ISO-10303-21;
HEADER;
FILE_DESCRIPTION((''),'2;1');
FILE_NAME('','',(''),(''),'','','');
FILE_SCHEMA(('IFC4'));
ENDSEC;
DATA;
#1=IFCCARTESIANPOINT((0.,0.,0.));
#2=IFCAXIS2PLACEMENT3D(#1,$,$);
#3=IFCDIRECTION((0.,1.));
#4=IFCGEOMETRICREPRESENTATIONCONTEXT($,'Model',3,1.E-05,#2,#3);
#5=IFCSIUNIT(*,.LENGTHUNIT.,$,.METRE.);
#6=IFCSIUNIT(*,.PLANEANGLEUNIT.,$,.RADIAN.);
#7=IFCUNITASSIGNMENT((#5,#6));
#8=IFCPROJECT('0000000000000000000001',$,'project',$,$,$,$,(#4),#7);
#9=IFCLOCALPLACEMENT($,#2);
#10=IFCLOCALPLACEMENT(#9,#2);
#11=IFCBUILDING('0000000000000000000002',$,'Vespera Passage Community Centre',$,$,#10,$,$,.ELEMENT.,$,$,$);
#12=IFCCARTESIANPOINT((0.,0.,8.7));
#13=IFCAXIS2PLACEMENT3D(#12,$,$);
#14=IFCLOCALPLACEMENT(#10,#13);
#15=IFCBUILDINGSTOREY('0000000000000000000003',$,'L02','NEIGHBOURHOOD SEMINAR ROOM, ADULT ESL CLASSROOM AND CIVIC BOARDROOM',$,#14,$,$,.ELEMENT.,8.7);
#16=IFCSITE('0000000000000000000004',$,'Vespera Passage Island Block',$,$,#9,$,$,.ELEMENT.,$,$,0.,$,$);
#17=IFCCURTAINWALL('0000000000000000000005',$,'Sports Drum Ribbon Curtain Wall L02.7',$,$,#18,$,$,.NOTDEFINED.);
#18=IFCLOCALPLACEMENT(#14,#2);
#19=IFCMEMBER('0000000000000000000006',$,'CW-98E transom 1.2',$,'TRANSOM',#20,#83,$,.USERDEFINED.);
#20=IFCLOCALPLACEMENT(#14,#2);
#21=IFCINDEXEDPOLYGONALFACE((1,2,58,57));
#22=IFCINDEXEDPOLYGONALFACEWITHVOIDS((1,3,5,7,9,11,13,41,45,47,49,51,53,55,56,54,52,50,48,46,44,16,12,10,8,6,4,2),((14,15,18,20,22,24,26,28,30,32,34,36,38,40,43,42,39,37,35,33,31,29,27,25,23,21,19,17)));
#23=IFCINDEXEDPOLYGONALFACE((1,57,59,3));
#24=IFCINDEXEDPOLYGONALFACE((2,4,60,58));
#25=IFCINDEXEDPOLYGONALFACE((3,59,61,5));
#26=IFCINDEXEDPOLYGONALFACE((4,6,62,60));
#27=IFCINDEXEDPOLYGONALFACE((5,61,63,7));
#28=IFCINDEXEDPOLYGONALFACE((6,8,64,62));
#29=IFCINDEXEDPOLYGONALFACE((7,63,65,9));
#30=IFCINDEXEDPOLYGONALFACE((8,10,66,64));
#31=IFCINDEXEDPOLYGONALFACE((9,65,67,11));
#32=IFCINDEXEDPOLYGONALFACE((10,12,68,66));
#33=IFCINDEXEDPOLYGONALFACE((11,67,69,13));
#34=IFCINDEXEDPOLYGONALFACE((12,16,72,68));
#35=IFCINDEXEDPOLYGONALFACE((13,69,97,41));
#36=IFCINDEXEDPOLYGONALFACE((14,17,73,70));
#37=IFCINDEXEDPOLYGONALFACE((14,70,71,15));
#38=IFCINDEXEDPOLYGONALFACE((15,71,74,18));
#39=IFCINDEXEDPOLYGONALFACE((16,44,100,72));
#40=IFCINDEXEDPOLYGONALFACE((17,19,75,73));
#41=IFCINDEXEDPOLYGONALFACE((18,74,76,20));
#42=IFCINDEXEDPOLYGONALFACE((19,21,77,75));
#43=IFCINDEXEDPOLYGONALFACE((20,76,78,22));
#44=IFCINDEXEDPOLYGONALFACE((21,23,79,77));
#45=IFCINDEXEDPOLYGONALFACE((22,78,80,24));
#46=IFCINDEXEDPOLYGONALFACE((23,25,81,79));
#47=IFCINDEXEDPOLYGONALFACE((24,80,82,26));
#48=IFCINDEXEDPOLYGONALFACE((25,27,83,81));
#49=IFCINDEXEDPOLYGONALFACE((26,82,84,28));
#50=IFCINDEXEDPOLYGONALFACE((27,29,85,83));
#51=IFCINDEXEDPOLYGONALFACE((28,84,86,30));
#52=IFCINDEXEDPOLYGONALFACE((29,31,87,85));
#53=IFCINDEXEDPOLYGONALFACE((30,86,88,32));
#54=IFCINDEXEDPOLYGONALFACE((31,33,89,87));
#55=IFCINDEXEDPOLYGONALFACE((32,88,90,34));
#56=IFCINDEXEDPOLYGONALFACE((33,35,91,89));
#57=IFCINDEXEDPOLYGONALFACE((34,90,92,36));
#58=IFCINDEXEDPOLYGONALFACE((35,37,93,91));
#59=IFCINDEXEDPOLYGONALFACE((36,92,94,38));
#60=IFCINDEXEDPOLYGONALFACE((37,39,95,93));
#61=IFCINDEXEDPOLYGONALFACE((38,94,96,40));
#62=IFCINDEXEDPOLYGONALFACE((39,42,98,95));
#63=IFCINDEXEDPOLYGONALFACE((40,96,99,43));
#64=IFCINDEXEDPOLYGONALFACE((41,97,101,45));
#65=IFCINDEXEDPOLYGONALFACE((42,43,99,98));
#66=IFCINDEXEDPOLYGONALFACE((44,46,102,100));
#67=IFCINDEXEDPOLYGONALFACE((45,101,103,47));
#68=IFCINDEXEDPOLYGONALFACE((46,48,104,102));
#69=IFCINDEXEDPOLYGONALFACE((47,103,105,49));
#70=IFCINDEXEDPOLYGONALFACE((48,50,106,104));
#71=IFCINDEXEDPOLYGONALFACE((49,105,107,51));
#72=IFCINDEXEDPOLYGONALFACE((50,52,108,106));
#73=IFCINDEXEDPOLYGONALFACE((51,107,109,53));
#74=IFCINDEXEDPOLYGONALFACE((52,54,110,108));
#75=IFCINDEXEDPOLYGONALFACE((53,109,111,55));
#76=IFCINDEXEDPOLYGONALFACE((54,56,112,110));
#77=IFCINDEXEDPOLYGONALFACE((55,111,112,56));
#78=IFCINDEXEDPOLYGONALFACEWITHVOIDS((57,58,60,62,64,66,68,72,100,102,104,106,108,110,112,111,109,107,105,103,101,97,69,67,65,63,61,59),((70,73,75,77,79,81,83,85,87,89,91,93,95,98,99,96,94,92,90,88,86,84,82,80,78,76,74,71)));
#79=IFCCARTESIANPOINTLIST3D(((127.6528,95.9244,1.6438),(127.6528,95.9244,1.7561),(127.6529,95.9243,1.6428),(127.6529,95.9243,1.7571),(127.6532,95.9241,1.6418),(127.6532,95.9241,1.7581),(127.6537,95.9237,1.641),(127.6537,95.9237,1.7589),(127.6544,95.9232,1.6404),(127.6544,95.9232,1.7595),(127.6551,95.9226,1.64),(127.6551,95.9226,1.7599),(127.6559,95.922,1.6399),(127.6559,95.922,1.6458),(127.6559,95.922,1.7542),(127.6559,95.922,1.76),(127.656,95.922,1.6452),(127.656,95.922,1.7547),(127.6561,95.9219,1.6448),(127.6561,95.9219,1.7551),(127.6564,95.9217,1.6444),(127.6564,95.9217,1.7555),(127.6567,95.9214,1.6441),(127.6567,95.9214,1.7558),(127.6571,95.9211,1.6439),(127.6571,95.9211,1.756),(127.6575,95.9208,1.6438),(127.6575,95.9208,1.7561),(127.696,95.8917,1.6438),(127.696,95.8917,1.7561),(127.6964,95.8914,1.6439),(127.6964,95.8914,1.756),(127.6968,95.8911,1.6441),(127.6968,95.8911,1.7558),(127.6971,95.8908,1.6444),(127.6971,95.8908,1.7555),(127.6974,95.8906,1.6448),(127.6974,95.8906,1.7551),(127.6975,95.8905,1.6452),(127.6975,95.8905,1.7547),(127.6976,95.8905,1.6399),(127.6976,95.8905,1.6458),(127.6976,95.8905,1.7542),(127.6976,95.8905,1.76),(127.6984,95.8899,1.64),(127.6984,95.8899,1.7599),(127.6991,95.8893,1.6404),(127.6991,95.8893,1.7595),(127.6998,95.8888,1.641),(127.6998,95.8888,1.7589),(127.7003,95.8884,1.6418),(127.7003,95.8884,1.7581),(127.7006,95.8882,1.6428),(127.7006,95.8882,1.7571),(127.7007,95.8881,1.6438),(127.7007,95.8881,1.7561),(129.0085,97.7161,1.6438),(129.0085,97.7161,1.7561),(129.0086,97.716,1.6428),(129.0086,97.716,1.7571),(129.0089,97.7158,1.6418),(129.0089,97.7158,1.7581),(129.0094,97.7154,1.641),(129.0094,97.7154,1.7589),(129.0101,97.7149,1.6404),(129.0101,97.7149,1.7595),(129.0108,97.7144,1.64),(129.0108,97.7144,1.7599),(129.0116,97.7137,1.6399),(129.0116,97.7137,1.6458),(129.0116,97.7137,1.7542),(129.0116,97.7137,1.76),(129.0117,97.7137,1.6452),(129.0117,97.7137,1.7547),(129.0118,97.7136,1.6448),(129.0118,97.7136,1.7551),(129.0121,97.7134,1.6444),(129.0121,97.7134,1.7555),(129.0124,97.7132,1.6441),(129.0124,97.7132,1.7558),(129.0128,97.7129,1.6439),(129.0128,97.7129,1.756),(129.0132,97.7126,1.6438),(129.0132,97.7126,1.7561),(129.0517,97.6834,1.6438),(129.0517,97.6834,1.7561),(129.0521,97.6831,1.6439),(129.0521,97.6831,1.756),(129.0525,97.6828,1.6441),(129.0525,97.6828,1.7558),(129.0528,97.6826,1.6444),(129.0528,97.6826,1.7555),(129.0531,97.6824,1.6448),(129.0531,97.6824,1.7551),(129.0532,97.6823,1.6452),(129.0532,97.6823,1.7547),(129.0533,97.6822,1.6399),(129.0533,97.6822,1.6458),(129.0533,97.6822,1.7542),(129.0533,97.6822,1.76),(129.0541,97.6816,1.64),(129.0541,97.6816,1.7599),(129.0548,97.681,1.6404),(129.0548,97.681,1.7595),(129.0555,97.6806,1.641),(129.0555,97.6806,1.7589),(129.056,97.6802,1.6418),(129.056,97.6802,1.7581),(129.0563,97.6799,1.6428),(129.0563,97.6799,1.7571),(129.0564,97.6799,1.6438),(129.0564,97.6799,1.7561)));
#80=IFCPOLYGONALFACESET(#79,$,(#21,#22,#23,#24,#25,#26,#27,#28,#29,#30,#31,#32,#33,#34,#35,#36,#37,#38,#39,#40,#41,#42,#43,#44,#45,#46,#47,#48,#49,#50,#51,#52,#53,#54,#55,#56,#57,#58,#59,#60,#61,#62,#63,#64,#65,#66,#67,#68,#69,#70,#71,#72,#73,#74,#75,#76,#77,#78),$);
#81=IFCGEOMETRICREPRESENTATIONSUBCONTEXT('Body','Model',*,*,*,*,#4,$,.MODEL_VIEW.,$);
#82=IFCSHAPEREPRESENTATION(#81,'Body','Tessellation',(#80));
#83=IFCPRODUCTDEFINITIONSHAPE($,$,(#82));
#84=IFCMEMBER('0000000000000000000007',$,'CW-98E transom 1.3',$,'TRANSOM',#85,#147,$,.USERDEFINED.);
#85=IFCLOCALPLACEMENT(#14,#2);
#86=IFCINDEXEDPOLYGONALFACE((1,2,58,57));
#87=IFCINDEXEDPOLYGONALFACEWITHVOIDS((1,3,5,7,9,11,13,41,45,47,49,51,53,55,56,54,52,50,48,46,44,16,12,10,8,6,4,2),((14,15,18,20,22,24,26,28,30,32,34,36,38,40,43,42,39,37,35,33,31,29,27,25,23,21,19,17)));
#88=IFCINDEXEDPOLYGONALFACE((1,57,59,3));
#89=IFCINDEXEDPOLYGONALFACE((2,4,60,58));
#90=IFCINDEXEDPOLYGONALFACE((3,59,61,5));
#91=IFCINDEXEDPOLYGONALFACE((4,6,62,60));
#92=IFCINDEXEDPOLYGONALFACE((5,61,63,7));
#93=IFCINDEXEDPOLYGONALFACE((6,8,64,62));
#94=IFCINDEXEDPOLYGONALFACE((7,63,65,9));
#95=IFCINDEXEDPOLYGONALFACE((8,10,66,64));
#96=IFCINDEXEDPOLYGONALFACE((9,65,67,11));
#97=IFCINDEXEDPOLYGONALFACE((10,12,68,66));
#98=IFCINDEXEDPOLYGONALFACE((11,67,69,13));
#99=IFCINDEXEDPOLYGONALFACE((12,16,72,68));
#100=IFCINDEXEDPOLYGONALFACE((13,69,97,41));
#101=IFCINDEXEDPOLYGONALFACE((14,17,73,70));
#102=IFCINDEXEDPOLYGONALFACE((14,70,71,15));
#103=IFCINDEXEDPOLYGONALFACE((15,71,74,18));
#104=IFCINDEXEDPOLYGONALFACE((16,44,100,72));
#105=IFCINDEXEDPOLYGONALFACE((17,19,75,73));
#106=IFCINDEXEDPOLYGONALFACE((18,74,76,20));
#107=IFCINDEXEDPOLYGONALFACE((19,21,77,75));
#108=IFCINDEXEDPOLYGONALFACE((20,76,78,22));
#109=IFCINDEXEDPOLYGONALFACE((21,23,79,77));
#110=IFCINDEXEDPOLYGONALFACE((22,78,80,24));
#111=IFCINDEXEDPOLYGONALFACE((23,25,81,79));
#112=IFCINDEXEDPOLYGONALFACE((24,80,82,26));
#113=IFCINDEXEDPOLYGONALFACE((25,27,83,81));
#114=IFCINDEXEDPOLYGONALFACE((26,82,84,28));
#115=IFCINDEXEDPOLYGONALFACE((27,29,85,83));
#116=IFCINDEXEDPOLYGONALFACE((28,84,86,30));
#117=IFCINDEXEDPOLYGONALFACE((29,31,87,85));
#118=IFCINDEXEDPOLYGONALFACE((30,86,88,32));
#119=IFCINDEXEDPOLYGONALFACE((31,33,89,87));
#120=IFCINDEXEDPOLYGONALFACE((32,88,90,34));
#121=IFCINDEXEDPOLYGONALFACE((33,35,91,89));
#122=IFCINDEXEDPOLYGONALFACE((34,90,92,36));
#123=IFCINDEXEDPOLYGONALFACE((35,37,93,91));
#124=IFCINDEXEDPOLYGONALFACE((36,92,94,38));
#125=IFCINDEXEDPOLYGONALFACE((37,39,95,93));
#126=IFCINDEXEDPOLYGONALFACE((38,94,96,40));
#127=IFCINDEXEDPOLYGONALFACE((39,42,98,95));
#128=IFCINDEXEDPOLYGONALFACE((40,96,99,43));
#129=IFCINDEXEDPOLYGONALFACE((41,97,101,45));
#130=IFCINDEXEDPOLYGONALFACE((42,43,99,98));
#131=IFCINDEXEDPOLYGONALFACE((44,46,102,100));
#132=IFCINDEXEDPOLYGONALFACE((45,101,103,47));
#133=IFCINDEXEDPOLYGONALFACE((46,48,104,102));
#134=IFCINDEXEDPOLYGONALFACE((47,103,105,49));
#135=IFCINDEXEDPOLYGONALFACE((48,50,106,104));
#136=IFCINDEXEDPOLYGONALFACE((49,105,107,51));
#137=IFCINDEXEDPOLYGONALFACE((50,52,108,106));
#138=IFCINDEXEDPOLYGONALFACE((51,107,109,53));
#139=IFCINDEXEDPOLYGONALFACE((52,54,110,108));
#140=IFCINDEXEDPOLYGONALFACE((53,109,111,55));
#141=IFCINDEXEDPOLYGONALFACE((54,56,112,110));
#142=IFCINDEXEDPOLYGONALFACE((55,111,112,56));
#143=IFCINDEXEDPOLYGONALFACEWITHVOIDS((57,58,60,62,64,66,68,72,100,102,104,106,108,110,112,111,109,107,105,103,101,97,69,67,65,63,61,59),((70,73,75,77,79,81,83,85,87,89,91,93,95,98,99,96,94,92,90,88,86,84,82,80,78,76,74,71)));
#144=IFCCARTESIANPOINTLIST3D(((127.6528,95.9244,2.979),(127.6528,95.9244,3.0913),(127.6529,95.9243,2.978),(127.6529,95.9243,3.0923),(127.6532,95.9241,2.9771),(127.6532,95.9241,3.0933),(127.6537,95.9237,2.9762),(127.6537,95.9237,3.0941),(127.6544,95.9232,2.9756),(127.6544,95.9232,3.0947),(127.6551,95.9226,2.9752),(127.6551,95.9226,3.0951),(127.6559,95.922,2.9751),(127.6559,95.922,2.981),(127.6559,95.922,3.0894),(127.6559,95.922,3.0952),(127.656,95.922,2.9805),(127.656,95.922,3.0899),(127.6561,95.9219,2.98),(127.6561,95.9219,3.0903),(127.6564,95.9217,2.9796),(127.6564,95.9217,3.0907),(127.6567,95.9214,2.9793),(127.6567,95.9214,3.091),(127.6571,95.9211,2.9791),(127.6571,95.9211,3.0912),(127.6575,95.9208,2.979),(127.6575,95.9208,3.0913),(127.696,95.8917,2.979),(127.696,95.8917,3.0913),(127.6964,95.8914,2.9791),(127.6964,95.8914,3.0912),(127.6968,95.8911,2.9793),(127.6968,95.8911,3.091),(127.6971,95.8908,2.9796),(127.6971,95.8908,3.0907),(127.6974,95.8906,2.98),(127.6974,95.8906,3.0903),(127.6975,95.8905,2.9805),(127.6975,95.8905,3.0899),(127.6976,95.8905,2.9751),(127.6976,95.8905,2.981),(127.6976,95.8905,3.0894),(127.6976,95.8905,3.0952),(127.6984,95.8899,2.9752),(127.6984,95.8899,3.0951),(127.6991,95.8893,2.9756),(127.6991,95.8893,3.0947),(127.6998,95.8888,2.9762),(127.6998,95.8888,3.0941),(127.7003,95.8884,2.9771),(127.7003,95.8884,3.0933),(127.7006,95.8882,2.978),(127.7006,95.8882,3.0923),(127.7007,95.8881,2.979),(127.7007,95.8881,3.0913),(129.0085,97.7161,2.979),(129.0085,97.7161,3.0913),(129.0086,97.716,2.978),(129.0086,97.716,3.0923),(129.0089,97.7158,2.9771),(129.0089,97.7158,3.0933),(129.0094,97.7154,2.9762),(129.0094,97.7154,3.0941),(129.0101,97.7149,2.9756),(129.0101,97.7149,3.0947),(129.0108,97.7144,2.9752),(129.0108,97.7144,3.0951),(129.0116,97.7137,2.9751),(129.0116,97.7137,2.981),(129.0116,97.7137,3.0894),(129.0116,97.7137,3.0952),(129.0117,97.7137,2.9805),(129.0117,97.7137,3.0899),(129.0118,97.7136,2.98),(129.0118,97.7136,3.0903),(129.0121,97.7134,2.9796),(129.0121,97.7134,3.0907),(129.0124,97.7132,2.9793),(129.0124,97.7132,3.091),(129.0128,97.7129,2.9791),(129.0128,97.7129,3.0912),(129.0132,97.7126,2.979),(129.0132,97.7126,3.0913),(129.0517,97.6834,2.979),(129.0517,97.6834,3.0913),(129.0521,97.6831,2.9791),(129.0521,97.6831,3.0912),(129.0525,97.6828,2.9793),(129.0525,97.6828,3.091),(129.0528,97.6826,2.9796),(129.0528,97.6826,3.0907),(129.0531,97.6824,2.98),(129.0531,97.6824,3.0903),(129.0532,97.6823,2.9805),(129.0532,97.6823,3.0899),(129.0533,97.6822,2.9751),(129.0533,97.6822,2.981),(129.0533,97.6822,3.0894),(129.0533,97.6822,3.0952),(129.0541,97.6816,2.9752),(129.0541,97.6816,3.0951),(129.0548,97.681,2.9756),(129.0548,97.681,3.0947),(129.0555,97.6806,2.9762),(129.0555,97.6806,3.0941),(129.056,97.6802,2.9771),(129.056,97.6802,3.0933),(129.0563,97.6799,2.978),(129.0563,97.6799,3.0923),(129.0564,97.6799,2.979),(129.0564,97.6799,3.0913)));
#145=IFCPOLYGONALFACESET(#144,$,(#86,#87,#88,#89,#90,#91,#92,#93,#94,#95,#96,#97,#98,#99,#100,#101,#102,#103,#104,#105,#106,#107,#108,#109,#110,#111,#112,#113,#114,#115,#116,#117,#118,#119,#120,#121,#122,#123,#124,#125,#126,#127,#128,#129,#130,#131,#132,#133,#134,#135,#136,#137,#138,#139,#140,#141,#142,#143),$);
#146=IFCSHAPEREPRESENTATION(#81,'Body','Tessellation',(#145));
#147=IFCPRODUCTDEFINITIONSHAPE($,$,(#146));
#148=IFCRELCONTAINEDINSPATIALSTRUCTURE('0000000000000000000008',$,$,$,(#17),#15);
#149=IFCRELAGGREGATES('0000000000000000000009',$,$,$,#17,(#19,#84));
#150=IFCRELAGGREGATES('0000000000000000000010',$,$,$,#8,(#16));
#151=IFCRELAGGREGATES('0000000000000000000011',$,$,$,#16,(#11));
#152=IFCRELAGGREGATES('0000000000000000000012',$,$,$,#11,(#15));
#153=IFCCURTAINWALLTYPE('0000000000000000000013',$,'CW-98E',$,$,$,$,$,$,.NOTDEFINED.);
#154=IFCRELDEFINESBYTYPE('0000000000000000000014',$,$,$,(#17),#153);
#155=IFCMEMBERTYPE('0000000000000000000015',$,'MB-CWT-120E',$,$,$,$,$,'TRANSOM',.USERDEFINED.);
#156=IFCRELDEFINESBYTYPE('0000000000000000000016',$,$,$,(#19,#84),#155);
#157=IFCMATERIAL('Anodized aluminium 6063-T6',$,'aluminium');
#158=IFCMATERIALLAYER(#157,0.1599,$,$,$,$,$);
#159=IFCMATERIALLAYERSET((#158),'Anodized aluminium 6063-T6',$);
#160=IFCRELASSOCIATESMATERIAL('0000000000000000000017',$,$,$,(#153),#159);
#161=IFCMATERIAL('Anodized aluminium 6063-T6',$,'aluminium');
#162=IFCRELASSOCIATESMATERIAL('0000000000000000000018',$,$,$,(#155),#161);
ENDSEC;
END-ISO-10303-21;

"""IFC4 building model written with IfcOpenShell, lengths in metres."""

from ifc_helpers import new_model, si_unit, direction, frame, origin, origin_2d, place, context, subcontext, project, spatial, hollow_rectangle, extrude, material, layer, layer_set, material_profile, profile_set, type_object, element, aggregate, save


model = new_model("IFC4")

# Units and contexts
model_context = context("Model", 3, precision=1e-05, world=origin(), true_north=direction((0.0, 1.0)))
body_context = subcontext(model_context, "Body", "Model", "MODEL_VIEW")
ifc_project = project(units=[si_unit("LENGTHUNIT", "METRE"), si_unit("PLANEANGLEUNIT", "RADIAN")], contexts=[model_context])

# Site, building, storey
site_placement = place(None, origin())
site = spatial("IfcSite", under=ifc_project, at=site_placement, Name="Vespera Passage Island Block", CompositionType="ELEMENT", RefElevation=0.0)
building_placement = place(site_placement, origin())
building = spatial("IfcBuilding", under=site, at=building_placement, Name="Vespera Passage Community Centre", CompositionType="ELEMENT")
storey_placement = place(building_placement, frame((0.0, 0.0, 8.7)))
storey = spatial("IfcBuildingStorey", under=building, at=storey_placement, Name="L02", Description="NEIGHBOURHOOD SEMINAR ROOM, ADULT ESL CLASSROOM AND CIVIC BOARDROOM", CompositionType="ELEMENT", Elevation=8.7)

# Curtain wall
ifc_material_1 = material(Name="Anodized aluminium 6063-T6", Category="aluminium")
ifc_layer_1 = layer(ifc_material_1, 0.1599)
ifc_layer_set_1 = layer_set([ifc_layer_1], Name="Anodized aluminium 6063-T6")
curtain_wall_type_1 = type_object("IfcCurtainWallType", Name="CW-98E", PredefinedType="NOTDEFINED", material=ifc_layer_set_1)
curtain_wall_1_placement = place(storey_placement, origin())
curtain_wall_1 = element("IfcCurtainWall", 1, at=curtain_wall_1_placement, inside=storey, type_object=curtain_wall_type_1, Name="Sports Drum Ribbon Curtain Wall L02.7", PredefinedType="NOTDEFINED")

# Members
ifc_material_2 = material(Name="Anodized aluminium 6063-T6", Category="aluminium")
ifc_material_profile_1 = material_profile(ifc_material_2, hollow_rectangle(XDim=0.0601, YDim=0.1201, WallThickness=0.0039, InnerFilletRadius=0.002, OuterFilletRadius=0.0039, at=origin_2d()), Name="ALU120X60X4")
ifc_profile_set_1 = profile_set([ifc_material_profile_1], Name="Anodized aluminium 6063-T6")
member_type_1 = type_object("IfcMemberType", Name="MB-CWT-120E", ElementType="TRANSOM", PredefinedType="USERDEFINED", material=ifc_profile_set_1)
member_1_placement = place(storey_placement, frame((127.6768, 95.9062, 1.7), z_axis=(0.603385, 0.79745, 0.0), x_axis=(-0.79745, 0.603385, 0.0)))
member_1 = element("IfcMember", 2, at=member_1_placement, type_object=member_type_1, Name="CW-98E transom 1.2", ObjectType="TRANSOM", PredefinedType="USERDEFINED", context=body_context, shape_type="SweptSolid", body=[
    extrude(hollow_rectangle(XDim=0.0601, YDim=0.1201, WallThickness=0.0039, InnerFilletRadius=0.002, OuterFilletRadius=0.0039, at=origin_2d()), origin(), (0.0, 0.0, 1.0), 2.2468),
])
member_2_placement = place(storey_placement, frame((127.6768, 95.9062, 3.0352), z_axis=(0.603385, 0.79745, 0.0), x_axis=(-0.79745, 0.603385, 0.0)))
member_2 = element("IfcMember", 3, at=member_2_placement, type_object=member_type_1, Name="CW-98E transom 1.3", ObjectType="TRANSOM", PredefinedType="USERDEFINED", context=body_context, shape_type="SweptSolid", body=[
    extrude(hollow_rectangle(XDim=0.0601, YDim=0.1201, WallThickness=0.0039, InnerFilletRadius=0.002, OuterFilletRadius=0.0039, at=origin_2d()), origin(), (0.0, 0.0, 1.0), 2.2468),
])

aggregate(curtain_wall_1, [member_1, member_2])

save(model, "model.ifc")
